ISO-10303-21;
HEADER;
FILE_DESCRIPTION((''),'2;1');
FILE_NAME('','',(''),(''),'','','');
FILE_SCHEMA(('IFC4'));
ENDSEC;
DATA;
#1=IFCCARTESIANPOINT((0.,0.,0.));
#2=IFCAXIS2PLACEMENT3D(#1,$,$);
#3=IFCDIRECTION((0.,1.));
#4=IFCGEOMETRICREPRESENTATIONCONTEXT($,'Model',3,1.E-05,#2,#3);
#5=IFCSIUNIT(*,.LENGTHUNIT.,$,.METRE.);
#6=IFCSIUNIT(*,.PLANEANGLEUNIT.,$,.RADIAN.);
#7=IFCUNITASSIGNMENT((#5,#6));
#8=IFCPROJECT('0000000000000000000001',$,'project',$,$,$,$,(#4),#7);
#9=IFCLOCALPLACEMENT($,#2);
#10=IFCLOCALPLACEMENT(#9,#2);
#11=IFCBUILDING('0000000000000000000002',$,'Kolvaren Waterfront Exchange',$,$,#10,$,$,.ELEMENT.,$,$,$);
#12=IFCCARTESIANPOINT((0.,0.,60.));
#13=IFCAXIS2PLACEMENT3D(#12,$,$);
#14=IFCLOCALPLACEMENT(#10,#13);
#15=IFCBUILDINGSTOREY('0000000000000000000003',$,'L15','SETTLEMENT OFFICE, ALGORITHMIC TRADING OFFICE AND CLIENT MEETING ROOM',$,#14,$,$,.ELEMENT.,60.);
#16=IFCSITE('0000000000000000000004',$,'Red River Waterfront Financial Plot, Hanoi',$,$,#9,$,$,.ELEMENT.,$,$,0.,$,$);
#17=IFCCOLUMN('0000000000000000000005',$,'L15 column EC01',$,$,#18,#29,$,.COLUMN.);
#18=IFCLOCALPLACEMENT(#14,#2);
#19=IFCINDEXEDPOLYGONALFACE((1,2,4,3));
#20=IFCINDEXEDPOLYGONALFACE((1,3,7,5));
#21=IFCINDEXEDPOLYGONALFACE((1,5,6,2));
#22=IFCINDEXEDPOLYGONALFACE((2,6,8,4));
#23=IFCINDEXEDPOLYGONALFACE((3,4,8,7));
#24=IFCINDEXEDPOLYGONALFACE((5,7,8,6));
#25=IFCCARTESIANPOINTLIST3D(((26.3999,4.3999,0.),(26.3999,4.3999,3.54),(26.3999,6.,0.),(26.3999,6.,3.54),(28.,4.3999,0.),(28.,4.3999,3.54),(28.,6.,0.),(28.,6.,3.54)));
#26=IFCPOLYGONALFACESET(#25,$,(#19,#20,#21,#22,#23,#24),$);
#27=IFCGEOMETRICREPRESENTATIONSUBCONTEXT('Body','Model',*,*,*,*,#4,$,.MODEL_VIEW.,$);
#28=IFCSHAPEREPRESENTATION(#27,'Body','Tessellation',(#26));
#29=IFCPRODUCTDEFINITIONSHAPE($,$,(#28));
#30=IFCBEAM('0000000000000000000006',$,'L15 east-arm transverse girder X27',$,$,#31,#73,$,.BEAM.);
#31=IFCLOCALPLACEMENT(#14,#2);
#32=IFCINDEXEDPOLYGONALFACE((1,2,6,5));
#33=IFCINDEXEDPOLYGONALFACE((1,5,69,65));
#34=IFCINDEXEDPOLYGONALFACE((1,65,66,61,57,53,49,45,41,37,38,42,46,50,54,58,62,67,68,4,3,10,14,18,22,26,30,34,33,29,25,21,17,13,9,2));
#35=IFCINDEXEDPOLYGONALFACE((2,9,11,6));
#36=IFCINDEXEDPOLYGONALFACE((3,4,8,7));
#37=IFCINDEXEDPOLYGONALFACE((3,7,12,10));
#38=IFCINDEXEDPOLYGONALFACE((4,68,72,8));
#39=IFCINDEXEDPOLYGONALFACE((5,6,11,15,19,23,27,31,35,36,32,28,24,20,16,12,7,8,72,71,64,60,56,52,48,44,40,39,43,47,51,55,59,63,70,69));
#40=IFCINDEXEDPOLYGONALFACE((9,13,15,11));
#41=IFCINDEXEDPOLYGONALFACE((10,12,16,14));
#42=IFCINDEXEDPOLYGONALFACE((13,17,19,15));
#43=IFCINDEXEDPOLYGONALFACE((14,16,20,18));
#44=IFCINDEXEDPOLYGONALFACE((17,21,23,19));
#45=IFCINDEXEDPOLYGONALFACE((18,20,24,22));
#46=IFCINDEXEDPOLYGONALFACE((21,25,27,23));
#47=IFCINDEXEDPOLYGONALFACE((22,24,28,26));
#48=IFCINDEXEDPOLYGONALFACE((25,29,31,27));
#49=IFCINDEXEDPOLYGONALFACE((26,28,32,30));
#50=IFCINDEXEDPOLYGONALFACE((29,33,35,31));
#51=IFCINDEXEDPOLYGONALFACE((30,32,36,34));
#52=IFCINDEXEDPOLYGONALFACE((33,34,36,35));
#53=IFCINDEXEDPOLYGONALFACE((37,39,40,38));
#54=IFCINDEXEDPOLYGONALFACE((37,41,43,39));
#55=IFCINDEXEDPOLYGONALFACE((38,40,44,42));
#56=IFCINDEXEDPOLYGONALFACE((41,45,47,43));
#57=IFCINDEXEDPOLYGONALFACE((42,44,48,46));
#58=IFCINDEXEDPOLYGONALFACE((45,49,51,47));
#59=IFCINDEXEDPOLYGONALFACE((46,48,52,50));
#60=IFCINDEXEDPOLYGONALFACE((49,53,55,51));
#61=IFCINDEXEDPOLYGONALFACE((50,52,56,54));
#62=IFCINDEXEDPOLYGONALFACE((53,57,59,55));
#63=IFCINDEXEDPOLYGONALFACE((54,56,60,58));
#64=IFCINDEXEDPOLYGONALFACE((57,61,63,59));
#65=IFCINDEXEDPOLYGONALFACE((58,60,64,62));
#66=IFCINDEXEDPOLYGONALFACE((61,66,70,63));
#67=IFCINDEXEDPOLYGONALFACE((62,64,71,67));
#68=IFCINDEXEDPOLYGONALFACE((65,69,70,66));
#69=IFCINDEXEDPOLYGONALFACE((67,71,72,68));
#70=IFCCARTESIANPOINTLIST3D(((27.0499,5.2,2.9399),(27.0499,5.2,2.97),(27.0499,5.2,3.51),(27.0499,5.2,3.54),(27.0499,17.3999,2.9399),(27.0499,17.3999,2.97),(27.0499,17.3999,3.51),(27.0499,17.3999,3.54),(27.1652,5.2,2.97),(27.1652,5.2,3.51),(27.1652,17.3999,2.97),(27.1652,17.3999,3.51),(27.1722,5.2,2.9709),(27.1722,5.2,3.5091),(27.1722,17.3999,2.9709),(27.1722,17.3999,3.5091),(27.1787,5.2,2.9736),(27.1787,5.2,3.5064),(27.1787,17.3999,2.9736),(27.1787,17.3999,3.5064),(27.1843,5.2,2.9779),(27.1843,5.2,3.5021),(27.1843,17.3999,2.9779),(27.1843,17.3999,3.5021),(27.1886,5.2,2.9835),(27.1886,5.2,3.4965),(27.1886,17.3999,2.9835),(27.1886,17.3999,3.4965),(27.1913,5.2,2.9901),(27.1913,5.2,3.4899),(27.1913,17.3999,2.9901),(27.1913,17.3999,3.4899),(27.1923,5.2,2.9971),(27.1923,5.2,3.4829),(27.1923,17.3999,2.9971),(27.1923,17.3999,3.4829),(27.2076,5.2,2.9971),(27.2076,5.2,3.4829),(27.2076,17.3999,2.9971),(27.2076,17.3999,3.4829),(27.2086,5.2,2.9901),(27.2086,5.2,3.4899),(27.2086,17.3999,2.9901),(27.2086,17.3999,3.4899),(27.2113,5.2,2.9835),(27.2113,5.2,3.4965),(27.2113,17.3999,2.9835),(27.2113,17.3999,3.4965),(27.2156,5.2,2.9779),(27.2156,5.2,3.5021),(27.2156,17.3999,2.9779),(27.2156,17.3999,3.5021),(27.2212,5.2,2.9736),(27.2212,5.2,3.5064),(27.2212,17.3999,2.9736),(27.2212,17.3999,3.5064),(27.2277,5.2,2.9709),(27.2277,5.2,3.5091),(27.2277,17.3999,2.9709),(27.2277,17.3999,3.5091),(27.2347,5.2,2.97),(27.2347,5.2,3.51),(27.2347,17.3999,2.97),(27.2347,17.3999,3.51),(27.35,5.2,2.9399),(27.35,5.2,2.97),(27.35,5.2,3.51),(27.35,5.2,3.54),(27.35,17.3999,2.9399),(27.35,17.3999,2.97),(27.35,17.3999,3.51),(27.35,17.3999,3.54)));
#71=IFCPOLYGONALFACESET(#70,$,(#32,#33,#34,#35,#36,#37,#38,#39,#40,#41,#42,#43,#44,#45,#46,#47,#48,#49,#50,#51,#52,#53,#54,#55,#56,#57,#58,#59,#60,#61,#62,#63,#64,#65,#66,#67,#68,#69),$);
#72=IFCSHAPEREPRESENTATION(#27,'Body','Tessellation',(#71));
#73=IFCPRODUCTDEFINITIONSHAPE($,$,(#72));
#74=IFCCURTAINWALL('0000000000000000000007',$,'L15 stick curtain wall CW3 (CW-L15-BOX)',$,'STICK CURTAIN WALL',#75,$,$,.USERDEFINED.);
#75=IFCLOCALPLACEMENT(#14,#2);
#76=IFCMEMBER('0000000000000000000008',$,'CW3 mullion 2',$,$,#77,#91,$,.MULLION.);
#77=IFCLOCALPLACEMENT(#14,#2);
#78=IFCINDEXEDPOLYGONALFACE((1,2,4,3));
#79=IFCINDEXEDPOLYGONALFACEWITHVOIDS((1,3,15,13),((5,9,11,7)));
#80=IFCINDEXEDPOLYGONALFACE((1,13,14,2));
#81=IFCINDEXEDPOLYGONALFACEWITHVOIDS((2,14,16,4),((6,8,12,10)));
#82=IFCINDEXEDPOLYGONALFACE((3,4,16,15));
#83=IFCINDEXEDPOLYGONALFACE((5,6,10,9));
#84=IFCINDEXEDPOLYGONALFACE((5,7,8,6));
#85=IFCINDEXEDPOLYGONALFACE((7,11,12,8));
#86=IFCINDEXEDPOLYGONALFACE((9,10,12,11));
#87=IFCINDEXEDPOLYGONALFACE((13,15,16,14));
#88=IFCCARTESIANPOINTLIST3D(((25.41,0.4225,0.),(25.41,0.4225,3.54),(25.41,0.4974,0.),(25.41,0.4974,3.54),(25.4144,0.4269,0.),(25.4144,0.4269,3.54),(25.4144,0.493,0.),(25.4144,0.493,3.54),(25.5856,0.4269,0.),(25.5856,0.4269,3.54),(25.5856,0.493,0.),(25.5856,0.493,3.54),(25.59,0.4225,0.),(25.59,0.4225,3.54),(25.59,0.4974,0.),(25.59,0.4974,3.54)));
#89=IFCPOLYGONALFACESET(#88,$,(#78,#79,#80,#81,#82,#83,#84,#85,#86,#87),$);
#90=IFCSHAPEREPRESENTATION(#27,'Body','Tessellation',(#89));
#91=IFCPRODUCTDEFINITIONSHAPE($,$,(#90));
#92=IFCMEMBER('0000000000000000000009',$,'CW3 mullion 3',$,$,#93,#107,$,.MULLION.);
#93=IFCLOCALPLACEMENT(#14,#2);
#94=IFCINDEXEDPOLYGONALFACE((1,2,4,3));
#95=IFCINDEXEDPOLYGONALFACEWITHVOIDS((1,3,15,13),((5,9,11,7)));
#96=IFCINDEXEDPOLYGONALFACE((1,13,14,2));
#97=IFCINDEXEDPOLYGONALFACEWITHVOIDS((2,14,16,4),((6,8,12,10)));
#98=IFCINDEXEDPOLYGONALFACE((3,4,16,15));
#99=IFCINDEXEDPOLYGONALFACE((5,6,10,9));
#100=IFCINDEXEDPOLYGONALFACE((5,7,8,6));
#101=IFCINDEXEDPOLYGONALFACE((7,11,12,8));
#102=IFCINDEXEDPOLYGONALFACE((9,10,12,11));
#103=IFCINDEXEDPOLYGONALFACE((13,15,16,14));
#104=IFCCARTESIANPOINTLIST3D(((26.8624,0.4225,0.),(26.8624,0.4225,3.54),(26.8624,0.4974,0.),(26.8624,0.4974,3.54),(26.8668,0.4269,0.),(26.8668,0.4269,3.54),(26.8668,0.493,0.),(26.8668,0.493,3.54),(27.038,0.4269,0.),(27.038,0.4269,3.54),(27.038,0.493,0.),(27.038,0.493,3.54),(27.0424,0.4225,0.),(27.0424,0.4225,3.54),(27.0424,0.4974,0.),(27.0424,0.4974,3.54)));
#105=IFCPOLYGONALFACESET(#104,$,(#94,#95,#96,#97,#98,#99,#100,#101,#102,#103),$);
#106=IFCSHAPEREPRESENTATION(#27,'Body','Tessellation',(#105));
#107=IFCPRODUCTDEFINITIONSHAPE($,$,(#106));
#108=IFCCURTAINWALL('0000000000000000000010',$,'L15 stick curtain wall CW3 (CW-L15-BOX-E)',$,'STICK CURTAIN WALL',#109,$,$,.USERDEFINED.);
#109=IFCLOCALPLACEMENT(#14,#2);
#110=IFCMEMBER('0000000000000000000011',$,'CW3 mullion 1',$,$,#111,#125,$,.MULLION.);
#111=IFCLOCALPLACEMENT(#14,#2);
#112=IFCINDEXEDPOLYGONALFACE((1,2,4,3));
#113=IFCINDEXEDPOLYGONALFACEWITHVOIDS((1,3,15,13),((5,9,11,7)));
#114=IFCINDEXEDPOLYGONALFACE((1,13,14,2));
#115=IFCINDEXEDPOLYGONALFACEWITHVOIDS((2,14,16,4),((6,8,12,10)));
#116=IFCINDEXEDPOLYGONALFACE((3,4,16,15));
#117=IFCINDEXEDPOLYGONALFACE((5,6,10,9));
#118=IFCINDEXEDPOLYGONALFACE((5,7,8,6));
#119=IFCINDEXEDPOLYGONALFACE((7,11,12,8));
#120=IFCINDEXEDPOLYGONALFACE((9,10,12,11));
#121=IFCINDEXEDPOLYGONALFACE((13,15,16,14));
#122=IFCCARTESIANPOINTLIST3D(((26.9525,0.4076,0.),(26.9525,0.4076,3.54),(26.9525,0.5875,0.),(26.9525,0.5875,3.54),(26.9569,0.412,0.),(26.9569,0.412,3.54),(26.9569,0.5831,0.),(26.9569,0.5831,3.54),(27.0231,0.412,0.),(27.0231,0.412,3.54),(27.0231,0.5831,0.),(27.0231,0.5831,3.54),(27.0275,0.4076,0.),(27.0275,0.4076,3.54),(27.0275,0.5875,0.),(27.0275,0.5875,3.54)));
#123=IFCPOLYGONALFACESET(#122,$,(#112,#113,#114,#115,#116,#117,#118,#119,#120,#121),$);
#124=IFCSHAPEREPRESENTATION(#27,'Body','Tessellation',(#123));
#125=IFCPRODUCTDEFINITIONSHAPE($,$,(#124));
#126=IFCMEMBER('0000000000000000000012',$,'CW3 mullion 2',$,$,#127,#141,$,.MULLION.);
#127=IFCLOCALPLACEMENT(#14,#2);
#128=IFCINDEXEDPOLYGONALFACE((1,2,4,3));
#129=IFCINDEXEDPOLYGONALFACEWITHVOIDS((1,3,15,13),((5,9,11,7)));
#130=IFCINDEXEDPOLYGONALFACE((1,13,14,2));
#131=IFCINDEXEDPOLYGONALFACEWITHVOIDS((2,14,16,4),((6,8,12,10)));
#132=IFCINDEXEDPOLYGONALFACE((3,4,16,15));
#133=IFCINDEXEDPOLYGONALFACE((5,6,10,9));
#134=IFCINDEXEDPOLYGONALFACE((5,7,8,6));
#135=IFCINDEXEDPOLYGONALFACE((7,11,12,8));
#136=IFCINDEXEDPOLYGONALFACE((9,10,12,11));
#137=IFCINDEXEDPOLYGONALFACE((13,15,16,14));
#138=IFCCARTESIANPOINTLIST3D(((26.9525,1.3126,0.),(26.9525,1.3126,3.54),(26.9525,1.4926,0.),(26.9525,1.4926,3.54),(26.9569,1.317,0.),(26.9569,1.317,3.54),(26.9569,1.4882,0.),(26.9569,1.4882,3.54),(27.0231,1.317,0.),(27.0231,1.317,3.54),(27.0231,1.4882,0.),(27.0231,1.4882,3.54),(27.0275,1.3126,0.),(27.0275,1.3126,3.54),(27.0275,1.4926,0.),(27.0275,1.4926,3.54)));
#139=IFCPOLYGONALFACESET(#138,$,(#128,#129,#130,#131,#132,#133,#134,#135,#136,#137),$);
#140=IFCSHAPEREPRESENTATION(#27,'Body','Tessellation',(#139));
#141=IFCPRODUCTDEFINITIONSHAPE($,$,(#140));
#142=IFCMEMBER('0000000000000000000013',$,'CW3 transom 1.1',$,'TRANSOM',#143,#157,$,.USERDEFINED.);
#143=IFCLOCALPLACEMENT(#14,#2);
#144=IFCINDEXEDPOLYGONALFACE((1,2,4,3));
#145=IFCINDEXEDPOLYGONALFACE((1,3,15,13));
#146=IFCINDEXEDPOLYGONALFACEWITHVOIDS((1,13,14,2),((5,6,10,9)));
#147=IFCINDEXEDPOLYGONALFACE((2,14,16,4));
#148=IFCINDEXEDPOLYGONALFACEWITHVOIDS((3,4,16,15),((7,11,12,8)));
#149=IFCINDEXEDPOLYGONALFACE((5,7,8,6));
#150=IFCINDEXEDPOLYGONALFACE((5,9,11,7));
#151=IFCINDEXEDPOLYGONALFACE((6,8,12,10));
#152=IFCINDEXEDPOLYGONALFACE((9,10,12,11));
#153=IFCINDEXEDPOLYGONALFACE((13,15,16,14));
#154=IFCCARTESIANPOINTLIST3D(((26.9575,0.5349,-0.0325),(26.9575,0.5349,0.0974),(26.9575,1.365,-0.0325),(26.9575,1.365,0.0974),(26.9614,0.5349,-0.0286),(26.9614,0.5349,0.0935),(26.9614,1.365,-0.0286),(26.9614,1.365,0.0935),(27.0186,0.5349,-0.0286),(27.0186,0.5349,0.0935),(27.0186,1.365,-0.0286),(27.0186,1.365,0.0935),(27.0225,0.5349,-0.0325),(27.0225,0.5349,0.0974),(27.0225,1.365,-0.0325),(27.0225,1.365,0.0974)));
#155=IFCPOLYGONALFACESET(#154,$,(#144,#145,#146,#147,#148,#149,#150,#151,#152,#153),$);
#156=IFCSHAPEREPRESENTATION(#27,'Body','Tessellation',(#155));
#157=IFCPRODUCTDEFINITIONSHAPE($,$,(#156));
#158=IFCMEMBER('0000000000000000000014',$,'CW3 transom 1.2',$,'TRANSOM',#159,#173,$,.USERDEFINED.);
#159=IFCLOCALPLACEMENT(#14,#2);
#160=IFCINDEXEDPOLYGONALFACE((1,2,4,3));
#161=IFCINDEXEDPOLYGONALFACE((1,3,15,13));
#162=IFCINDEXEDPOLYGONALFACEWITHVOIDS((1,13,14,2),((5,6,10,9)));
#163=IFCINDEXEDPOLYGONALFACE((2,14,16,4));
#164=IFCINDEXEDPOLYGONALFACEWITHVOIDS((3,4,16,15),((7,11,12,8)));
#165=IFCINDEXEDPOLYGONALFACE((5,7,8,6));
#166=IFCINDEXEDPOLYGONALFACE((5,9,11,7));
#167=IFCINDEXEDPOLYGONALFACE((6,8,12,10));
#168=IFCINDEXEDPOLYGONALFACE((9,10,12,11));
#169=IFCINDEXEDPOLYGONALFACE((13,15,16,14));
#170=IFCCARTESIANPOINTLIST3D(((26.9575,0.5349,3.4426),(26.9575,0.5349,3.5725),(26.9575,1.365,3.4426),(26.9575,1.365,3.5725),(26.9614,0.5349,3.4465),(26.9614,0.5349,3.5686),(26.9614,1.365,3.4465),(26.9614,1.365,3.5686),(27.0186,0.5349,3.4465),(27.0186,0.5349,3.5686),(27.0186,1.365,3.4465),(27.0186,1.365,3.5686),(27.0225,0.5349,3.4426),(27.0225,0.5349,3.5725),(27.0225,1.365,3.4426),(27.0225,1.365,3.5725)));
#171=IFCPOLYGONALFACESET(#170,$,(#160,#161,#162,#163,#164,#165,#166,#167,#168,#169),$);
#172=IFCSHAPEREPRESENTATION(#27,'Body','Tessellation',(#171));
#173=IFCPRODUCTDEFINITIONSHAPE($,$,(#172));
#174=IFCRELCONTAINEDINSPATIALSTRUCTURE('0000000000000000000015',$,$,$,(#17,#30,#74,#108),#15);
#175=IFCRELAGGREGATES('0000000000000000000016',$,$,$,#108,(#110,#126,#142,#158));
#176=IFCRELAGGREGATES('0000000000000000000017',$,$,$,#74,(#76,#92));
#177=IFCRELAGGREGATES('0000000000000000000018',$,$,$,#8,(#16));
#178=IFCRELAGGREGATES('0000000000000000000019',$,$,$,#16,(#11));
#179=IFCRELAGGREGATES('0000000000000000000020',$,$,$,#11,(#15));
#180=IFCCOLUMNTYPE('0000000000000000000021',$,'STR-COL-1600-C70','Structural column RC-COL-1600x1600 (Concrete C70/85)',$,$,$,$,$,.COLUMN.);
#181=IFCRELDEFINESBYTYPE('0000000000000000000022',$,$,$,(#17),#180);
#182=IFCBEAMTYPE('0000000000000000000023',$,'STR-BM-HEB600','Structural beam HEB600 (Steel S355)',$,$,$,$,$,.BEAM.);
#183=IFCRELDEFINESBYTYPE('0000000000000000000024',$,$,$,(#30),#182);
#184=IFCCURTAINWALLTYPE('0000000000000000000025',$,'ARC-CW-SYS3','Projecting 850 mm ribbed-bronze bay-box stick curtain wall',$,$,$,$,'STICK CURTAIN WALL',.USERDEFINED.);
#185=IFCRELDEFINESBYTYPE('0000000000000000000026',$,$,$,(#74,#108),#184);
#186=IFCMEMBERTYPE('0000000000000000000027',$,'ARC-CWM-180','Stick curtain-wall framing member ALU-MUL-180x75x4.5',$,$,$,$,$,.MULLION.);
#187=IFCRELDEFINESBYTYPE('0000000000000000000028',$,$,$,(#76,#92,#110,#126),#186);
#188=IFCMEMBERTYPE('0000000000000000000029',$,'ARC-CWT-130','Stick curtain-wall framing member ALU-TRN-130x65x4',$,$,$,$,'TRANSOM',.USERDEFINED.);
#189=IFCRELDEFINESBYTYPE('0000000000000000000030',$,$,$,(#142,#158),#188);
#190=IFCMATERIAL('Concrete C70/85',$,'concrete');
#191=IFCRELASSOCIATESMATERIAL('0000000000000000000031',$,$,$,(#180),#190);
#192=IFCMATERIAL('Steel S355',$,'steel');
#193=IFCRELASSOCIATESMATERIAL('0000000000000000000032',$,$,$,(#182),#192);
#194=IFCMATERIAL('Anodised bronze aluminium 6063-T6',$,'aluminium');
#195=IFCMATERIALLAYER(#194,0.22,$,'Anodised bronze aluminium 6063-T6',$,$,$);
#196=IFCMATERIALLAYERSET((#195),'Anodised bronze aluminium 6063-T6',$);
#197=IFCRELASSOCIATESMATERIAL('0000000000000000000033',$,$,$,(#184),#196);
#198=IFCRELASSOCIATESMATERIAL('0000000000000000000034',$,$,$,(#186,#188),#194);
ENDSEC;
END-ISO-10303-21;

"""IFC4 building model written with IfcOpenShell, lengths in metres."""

from ifc_helpers import new_model, si_unit, direction, frame, origin, origin_with_axes, origin_2d, place, context, subcontext, project, spatial, rectangle, hollow_rectangle, i_section, extrude, source, transform, mapped, material, layer, layer_set, material_profile, profile_set, type_object, element, aggregate, save


model = new_model("IFC4")

# Units and contexts
model_context = context("Model", 3, precision=1e-05, world=origin(), true_north=direction((0.0, 1.0)))
body_context = subcontext(model_context, "Body", "Model", "MODEL_VIEW")
ifc_project = project(units=[si_unit("LENGTHUNIT", "METRE"), si_unit("PLANEANGLEUNIT", "RADIAN")], contexts=[model_context])

# Site, building, storey
site_placement = place(None, origin())
site = spatial("IfcSite", under=ifc_project, at=site_placement, Name="Red River Waterfront Financial Plot, Hanoi", CompositionType="ELEMENT", RefElevation=0.0)
building_placement = place(site_placement, origin())
building = spatial("IfcBuilding", under=site, at=building_placement, Name="Kolvaren Waterfront Exchange", CompositionType="ELEMENT")
storey_placement = place(building_placement, frame((0.0, 0.0, 60.0)))
storey = spatial("IfcBuildingStorey", under=building, at=storey_placement, Name="L15", Description="SETTLEMENT OFFICE, ALGORITHMIC TRADING OFFICE AND CLIENT MEETING ROOM", CompositionType="ELEMENT", Elevation=60.0)

# Column
ifc_material_1 = material(Name="Concrete C70/85", Category="concrete")
ifc_material_profile_1 = material_profile(ifc_material_1, rectangle(XDim=1.6001, YDim=1.6001, at=origin_2d()), Name="RC-COL-1600x1600")
ifc_profile_set_1 = profile_set([ifc_material_profile_1], Name="Concrete C70/85")
column_type = type_object("IfcColumnType", Name="STR-COL-1600-C70", Description="Structural column RC-COL-1600x1600 (Concrete C70/85)", PredefinedType="COLUMN", material=ifc_profile_set_1)
column_placement = place(storey_placement, frame((27.2, 5.2, 0.0), z_axis=(0.0, 0.0, 1.0), x_axis=(1.0, 0.0, 0.0)))
element("IfcColumn", 1, at=column_placement, inside=storey, type_object=column_type, Name="L15 column EC01", PredefinedType="COLUMN", context=body_context, shape_type="SweptSolid", body=[
    extrude(rectangle(XDim=1.6001, YDim=1.6001, at=origin_2d()), origin(), (0.0, 0.0, 1.0), 3.54),
])

# Beam
ifc_material_2 = material(Name="Steel S355", Category="steel")
ifc_material_profile_2 = material_profile(ifc_material_2, i_section(OverallWidth=0.3, OverallDepth=0.6001, WebThickness=0.0154, FlangeThickness=0.03, FilletRadius=0.0271, at=origin_2d()), Name="HEB600")
ifc_profile_set_2 = profile_set([ifc_material_profile_2], Name="Steel S355")
beam_type = type_object("IfcBeamType", Name="STR-BM-HEB600", Description="Structural beam HEB600 (Steel S355)", PredefinedType="BEAM", material=ifc_profile_set_2)
beam_placement = place(storey_placement, frame((27.2, 5.2, 3.24), z_axis=(0.0, 1.0, 0.0), x_axis=(-1.0, 0.0, 0.0)))
element("IfcBeam", 2, at=beam_placement, inside=storey, type_object=beam_type, Name="L15 east-arm transverse girder X27", PredefinedType="BEAM", context=body_context, shape_type="SweptSolid", body=[
    extrude(i_section(OverallWidth=0.3, OverallDepth=0.6001, WebThickness=0.0154, FlangeThickness=0.03, FilletRadius=0.0271, at=origin_2d()), origin(), (0.0, 0.0, 1.0), 12.2),
])

# Curtain walls, members
ifc_material_3 = material(Name="Anodised bronze aluminium 6063-T6", Category="aluminium")
ifc_layer_1 = layer(ifc_material_3, 0.22, Name="Anodised bronze aluminium 6063-T6")
ifc_layer_set_1 = layer_set([ifc_layer_1], Name="Anodised bronze aluminium 6063-T6")
curtain_wall_type_1 = type_object("IfcCurtainWallType", Name="ARC-CW-SYS3", Description="Projecting 850 mm ribbed-bronze bay-box stick curtain wall", ElementType="STICK CURTAIN WALL", PredefinedType="USERDEFINED", material=ifc_layer_set_1)
curtain_wall_1_placement = place(storey_placement, origin())
curtain_wall_1 = element("IfcCurtainWall", 3, at=curtain_wall_1_placement, inside=storey, type_object=curtain_wall_type_1, Name="L15 stick curtain wall CW3 (CW-L15-BOX)", ObjectType="STICK CURTAIN WALL", PredefinedType="USERDEFINED")
ifc_material_profile_3 = material_profile(ifc_material_3, hollow_rectangle(XDim=0.075, YDim=0.1799, WallThickness=0.0044, at=origin_2d()), Name="ALU-MUL-180x75x4.5")
ifc_profile_set_3 = profile_set([ifc_material_profile_3], Name="Anodised bronze aluminium 6063-T6")
member_type_1 = type_object("IfcMemberType", Name="ARC-CWM-180", Description="Stick curtain-wall framing member ALU-MUL-180x75x4.5", PredefinedType="MULLION", material=ifc_profile_set_3)
shared_shape_1 = source(origin_with_axes(), body_context, "Body", "SweptSolid", [
    extrude(hollow_rectangle(XDim=0.075, YDim=0.1799, WallThickness=0.0044, at=origin_2d()), origin(), (0.0, 0.0, 1.0), 3.54),
])
member_1_placement = place(storey_placement, frame((25.5, 0.46, 0.0), z_axis=(0.0, 0.0, 1.0), x_axis=(0.0, 1.0, 0.0)))
member_1 = element("IfcMember", 4, at=member_1_placement, type_object=member_type_1, Name="CW3 mullion 2", PredefinedType="MULLION", context=body_context, shape_type="MappedRepresentation", body=[
    mapped(shared_shape_1, transform((0.0, 0.0, 0.0), x_axis=(1.0, 0.0, 0.0), y_axis=(0.0, 1.0, 0.0), z_axis=(0.0, 0.0, 1.0), scale=1.0)),
])
member_2_placement = place(storey_placement, frame((26.9524, 0.46, 0.0), z_axis=(0.0, 0.0, 1.0), x_axis=(0.0, 1.0, 0.0)))
member_2 = element("IfcMember", 5, at=member_2_placement, type_object=member_type_1, Name="CW3 mullion 3", PredefinedType="MULLION", context=body_context, shape_type="MappedRepresentation", body=[
    mapped(shared_shape_1, transform((0.0, 0.0, 0.0), x_axis=(1.0, 0.0, 0.0), y_axis=(0.0, 1.0, 0.0), z_axis=(0.0, 0.0, 1.0), scale=1.0)),
])
curtain_wall_2_placement = place(storey_placement, origin())
curtain_wall_2 = element("IfcCurtainWall", 6, at=curtain_wall_2_placement, inside=storey, type_object=curtain_wall_type_1, Name="L15 stick curtain wall CW3 (CW-L15-BOX-E)", ObjectType="STICK CURTAIN WALL", PredefinedType="USERDEFINED")
member_3_placement = place(storey_placement, frame((26.99, 0.4976, 0.0), z_axis=(0.0, 0.0, 1.0), x_axis=(-1.0, 0.0, 0.0)))
member_3 = element("IfcMember", 7, at=member_3_placement, type_object=member_type_1, Name="CW3 mullion 1", PredefinedType="MULLION", context=body_context, shape_type="MappedRepresentation", body=[
    mapped(shared_shape_1, transform((0.0, 0.0, 0.0), x_axis=(1.0, 0.0, 0.0), y_axis=(0.0, 1.0, 0.0), z_axis=(0.0, 0.0, 1.0), scale=1.0)),
])
member_4_placement = place(storey_placement, frame((26.99, 1.4026, 0.0), z_axis=(0.0, 0.0, 1.0), x_axis=(-1.0, 0.0, 0.0)))
member_4 = element("IfcMember", 8, at=member_4_placement, type_object=member_type_1, Name="CW3 mullion 2", PredefinedType="MULLION", context=body_context, shape_type="MappedRepresentation", body=[
    mapped(shared_shape_1, transform((0.0, 0.0, 0.0), x_axis=(1.0, 0.0, 0.0), y_axis=(0.0, 1.0, 0.0), z_axis=(0.0, 0.0, 1.0), scale=1.0)),
])
ifc_material_profile_4 = material_profile(ifc_material_3, hollow_rectangle(XDim=0.0649, YDim=0.1299, WallThickness=0.0039, at=origin_2d()), Name="ALU-TRN-130x65x4")
ifc_profile_set_4 = profile_set([ifc_material_profile_4], Name="Anodised bronze aluminium 6063-T6")
member_type_2 = type_object("IfcMemberType", Name="ARC-CWT-130", Description="Stick curtain-wall framing member ALU-TRN-130x65x4", ElementType="TRANSOM", PredefinedType="USERDEFINED", material=ifc_profile_set_4)
shared_shape_2 = source(origin_with_axes(), body_context, "Body", "SweptSolid", [
    extrude(hollow_rectangle(XDim=0.0649, YDim=0.1299, WallThickness=0.0039, at=origin_2d()), origin(), (0.0, 0.0, 1.0), 0.8301),
])
member_5_placement = place(storey_placement, frame((26.99, 0.5349, 0.0325), z_axis=(0.0, 1.0, 0.0), x_axis=(-1.0, 0.0, 0.0)))
member_5 = element("IfcMember", 9, at=member_5_placement, type_object=member_type_2, Name="CW3 transom 1.1", ObjectType="TRANSOM", PredefinedType="USERDEFINED", context=body_context, shape_type="MappedRepresentation", body=[
    mapped(shared_shape_2, transform((0.0, 0.0, 0.0), x_axis=(1.0, 0.0, 0.0), y_axis=(0.0, 1.0, 0.0), z_axis=(0.0, 0.0, 1.0), scale=1.0)),
])
member_6_placement = place(storey_placement, frame((26.99, 0.5349, 3.5076), z_axis=(0.0, 1.0, 0.0), x_axis=(-1.0, 0.0, 0.0)))
member_6 = element("IfcMember", 10, at=member_6_placement, type_object=member_type_2, Name="CW3 transom 1.2", ObjectType="TRANSOM", PredefinedType="USERDEFINED", context=body_context, shape_type="MappedRepresentation", body=[
    mapped(shared_shape_2, transform((0.0, 0.0, 0.0), x_axis=(1.0, 0.0, 0.0), y_axis=(0.0, 1.0, 0.0), z_axis=(0.0, 0.0, 1.0), scale=1.0)),
])

aggregate(curtain_wall_2, [member_3, member_4, member_5, member_6])
aggregate(curtain_wall_1, [member_1, member_2])

save(model, "model.ifc")
